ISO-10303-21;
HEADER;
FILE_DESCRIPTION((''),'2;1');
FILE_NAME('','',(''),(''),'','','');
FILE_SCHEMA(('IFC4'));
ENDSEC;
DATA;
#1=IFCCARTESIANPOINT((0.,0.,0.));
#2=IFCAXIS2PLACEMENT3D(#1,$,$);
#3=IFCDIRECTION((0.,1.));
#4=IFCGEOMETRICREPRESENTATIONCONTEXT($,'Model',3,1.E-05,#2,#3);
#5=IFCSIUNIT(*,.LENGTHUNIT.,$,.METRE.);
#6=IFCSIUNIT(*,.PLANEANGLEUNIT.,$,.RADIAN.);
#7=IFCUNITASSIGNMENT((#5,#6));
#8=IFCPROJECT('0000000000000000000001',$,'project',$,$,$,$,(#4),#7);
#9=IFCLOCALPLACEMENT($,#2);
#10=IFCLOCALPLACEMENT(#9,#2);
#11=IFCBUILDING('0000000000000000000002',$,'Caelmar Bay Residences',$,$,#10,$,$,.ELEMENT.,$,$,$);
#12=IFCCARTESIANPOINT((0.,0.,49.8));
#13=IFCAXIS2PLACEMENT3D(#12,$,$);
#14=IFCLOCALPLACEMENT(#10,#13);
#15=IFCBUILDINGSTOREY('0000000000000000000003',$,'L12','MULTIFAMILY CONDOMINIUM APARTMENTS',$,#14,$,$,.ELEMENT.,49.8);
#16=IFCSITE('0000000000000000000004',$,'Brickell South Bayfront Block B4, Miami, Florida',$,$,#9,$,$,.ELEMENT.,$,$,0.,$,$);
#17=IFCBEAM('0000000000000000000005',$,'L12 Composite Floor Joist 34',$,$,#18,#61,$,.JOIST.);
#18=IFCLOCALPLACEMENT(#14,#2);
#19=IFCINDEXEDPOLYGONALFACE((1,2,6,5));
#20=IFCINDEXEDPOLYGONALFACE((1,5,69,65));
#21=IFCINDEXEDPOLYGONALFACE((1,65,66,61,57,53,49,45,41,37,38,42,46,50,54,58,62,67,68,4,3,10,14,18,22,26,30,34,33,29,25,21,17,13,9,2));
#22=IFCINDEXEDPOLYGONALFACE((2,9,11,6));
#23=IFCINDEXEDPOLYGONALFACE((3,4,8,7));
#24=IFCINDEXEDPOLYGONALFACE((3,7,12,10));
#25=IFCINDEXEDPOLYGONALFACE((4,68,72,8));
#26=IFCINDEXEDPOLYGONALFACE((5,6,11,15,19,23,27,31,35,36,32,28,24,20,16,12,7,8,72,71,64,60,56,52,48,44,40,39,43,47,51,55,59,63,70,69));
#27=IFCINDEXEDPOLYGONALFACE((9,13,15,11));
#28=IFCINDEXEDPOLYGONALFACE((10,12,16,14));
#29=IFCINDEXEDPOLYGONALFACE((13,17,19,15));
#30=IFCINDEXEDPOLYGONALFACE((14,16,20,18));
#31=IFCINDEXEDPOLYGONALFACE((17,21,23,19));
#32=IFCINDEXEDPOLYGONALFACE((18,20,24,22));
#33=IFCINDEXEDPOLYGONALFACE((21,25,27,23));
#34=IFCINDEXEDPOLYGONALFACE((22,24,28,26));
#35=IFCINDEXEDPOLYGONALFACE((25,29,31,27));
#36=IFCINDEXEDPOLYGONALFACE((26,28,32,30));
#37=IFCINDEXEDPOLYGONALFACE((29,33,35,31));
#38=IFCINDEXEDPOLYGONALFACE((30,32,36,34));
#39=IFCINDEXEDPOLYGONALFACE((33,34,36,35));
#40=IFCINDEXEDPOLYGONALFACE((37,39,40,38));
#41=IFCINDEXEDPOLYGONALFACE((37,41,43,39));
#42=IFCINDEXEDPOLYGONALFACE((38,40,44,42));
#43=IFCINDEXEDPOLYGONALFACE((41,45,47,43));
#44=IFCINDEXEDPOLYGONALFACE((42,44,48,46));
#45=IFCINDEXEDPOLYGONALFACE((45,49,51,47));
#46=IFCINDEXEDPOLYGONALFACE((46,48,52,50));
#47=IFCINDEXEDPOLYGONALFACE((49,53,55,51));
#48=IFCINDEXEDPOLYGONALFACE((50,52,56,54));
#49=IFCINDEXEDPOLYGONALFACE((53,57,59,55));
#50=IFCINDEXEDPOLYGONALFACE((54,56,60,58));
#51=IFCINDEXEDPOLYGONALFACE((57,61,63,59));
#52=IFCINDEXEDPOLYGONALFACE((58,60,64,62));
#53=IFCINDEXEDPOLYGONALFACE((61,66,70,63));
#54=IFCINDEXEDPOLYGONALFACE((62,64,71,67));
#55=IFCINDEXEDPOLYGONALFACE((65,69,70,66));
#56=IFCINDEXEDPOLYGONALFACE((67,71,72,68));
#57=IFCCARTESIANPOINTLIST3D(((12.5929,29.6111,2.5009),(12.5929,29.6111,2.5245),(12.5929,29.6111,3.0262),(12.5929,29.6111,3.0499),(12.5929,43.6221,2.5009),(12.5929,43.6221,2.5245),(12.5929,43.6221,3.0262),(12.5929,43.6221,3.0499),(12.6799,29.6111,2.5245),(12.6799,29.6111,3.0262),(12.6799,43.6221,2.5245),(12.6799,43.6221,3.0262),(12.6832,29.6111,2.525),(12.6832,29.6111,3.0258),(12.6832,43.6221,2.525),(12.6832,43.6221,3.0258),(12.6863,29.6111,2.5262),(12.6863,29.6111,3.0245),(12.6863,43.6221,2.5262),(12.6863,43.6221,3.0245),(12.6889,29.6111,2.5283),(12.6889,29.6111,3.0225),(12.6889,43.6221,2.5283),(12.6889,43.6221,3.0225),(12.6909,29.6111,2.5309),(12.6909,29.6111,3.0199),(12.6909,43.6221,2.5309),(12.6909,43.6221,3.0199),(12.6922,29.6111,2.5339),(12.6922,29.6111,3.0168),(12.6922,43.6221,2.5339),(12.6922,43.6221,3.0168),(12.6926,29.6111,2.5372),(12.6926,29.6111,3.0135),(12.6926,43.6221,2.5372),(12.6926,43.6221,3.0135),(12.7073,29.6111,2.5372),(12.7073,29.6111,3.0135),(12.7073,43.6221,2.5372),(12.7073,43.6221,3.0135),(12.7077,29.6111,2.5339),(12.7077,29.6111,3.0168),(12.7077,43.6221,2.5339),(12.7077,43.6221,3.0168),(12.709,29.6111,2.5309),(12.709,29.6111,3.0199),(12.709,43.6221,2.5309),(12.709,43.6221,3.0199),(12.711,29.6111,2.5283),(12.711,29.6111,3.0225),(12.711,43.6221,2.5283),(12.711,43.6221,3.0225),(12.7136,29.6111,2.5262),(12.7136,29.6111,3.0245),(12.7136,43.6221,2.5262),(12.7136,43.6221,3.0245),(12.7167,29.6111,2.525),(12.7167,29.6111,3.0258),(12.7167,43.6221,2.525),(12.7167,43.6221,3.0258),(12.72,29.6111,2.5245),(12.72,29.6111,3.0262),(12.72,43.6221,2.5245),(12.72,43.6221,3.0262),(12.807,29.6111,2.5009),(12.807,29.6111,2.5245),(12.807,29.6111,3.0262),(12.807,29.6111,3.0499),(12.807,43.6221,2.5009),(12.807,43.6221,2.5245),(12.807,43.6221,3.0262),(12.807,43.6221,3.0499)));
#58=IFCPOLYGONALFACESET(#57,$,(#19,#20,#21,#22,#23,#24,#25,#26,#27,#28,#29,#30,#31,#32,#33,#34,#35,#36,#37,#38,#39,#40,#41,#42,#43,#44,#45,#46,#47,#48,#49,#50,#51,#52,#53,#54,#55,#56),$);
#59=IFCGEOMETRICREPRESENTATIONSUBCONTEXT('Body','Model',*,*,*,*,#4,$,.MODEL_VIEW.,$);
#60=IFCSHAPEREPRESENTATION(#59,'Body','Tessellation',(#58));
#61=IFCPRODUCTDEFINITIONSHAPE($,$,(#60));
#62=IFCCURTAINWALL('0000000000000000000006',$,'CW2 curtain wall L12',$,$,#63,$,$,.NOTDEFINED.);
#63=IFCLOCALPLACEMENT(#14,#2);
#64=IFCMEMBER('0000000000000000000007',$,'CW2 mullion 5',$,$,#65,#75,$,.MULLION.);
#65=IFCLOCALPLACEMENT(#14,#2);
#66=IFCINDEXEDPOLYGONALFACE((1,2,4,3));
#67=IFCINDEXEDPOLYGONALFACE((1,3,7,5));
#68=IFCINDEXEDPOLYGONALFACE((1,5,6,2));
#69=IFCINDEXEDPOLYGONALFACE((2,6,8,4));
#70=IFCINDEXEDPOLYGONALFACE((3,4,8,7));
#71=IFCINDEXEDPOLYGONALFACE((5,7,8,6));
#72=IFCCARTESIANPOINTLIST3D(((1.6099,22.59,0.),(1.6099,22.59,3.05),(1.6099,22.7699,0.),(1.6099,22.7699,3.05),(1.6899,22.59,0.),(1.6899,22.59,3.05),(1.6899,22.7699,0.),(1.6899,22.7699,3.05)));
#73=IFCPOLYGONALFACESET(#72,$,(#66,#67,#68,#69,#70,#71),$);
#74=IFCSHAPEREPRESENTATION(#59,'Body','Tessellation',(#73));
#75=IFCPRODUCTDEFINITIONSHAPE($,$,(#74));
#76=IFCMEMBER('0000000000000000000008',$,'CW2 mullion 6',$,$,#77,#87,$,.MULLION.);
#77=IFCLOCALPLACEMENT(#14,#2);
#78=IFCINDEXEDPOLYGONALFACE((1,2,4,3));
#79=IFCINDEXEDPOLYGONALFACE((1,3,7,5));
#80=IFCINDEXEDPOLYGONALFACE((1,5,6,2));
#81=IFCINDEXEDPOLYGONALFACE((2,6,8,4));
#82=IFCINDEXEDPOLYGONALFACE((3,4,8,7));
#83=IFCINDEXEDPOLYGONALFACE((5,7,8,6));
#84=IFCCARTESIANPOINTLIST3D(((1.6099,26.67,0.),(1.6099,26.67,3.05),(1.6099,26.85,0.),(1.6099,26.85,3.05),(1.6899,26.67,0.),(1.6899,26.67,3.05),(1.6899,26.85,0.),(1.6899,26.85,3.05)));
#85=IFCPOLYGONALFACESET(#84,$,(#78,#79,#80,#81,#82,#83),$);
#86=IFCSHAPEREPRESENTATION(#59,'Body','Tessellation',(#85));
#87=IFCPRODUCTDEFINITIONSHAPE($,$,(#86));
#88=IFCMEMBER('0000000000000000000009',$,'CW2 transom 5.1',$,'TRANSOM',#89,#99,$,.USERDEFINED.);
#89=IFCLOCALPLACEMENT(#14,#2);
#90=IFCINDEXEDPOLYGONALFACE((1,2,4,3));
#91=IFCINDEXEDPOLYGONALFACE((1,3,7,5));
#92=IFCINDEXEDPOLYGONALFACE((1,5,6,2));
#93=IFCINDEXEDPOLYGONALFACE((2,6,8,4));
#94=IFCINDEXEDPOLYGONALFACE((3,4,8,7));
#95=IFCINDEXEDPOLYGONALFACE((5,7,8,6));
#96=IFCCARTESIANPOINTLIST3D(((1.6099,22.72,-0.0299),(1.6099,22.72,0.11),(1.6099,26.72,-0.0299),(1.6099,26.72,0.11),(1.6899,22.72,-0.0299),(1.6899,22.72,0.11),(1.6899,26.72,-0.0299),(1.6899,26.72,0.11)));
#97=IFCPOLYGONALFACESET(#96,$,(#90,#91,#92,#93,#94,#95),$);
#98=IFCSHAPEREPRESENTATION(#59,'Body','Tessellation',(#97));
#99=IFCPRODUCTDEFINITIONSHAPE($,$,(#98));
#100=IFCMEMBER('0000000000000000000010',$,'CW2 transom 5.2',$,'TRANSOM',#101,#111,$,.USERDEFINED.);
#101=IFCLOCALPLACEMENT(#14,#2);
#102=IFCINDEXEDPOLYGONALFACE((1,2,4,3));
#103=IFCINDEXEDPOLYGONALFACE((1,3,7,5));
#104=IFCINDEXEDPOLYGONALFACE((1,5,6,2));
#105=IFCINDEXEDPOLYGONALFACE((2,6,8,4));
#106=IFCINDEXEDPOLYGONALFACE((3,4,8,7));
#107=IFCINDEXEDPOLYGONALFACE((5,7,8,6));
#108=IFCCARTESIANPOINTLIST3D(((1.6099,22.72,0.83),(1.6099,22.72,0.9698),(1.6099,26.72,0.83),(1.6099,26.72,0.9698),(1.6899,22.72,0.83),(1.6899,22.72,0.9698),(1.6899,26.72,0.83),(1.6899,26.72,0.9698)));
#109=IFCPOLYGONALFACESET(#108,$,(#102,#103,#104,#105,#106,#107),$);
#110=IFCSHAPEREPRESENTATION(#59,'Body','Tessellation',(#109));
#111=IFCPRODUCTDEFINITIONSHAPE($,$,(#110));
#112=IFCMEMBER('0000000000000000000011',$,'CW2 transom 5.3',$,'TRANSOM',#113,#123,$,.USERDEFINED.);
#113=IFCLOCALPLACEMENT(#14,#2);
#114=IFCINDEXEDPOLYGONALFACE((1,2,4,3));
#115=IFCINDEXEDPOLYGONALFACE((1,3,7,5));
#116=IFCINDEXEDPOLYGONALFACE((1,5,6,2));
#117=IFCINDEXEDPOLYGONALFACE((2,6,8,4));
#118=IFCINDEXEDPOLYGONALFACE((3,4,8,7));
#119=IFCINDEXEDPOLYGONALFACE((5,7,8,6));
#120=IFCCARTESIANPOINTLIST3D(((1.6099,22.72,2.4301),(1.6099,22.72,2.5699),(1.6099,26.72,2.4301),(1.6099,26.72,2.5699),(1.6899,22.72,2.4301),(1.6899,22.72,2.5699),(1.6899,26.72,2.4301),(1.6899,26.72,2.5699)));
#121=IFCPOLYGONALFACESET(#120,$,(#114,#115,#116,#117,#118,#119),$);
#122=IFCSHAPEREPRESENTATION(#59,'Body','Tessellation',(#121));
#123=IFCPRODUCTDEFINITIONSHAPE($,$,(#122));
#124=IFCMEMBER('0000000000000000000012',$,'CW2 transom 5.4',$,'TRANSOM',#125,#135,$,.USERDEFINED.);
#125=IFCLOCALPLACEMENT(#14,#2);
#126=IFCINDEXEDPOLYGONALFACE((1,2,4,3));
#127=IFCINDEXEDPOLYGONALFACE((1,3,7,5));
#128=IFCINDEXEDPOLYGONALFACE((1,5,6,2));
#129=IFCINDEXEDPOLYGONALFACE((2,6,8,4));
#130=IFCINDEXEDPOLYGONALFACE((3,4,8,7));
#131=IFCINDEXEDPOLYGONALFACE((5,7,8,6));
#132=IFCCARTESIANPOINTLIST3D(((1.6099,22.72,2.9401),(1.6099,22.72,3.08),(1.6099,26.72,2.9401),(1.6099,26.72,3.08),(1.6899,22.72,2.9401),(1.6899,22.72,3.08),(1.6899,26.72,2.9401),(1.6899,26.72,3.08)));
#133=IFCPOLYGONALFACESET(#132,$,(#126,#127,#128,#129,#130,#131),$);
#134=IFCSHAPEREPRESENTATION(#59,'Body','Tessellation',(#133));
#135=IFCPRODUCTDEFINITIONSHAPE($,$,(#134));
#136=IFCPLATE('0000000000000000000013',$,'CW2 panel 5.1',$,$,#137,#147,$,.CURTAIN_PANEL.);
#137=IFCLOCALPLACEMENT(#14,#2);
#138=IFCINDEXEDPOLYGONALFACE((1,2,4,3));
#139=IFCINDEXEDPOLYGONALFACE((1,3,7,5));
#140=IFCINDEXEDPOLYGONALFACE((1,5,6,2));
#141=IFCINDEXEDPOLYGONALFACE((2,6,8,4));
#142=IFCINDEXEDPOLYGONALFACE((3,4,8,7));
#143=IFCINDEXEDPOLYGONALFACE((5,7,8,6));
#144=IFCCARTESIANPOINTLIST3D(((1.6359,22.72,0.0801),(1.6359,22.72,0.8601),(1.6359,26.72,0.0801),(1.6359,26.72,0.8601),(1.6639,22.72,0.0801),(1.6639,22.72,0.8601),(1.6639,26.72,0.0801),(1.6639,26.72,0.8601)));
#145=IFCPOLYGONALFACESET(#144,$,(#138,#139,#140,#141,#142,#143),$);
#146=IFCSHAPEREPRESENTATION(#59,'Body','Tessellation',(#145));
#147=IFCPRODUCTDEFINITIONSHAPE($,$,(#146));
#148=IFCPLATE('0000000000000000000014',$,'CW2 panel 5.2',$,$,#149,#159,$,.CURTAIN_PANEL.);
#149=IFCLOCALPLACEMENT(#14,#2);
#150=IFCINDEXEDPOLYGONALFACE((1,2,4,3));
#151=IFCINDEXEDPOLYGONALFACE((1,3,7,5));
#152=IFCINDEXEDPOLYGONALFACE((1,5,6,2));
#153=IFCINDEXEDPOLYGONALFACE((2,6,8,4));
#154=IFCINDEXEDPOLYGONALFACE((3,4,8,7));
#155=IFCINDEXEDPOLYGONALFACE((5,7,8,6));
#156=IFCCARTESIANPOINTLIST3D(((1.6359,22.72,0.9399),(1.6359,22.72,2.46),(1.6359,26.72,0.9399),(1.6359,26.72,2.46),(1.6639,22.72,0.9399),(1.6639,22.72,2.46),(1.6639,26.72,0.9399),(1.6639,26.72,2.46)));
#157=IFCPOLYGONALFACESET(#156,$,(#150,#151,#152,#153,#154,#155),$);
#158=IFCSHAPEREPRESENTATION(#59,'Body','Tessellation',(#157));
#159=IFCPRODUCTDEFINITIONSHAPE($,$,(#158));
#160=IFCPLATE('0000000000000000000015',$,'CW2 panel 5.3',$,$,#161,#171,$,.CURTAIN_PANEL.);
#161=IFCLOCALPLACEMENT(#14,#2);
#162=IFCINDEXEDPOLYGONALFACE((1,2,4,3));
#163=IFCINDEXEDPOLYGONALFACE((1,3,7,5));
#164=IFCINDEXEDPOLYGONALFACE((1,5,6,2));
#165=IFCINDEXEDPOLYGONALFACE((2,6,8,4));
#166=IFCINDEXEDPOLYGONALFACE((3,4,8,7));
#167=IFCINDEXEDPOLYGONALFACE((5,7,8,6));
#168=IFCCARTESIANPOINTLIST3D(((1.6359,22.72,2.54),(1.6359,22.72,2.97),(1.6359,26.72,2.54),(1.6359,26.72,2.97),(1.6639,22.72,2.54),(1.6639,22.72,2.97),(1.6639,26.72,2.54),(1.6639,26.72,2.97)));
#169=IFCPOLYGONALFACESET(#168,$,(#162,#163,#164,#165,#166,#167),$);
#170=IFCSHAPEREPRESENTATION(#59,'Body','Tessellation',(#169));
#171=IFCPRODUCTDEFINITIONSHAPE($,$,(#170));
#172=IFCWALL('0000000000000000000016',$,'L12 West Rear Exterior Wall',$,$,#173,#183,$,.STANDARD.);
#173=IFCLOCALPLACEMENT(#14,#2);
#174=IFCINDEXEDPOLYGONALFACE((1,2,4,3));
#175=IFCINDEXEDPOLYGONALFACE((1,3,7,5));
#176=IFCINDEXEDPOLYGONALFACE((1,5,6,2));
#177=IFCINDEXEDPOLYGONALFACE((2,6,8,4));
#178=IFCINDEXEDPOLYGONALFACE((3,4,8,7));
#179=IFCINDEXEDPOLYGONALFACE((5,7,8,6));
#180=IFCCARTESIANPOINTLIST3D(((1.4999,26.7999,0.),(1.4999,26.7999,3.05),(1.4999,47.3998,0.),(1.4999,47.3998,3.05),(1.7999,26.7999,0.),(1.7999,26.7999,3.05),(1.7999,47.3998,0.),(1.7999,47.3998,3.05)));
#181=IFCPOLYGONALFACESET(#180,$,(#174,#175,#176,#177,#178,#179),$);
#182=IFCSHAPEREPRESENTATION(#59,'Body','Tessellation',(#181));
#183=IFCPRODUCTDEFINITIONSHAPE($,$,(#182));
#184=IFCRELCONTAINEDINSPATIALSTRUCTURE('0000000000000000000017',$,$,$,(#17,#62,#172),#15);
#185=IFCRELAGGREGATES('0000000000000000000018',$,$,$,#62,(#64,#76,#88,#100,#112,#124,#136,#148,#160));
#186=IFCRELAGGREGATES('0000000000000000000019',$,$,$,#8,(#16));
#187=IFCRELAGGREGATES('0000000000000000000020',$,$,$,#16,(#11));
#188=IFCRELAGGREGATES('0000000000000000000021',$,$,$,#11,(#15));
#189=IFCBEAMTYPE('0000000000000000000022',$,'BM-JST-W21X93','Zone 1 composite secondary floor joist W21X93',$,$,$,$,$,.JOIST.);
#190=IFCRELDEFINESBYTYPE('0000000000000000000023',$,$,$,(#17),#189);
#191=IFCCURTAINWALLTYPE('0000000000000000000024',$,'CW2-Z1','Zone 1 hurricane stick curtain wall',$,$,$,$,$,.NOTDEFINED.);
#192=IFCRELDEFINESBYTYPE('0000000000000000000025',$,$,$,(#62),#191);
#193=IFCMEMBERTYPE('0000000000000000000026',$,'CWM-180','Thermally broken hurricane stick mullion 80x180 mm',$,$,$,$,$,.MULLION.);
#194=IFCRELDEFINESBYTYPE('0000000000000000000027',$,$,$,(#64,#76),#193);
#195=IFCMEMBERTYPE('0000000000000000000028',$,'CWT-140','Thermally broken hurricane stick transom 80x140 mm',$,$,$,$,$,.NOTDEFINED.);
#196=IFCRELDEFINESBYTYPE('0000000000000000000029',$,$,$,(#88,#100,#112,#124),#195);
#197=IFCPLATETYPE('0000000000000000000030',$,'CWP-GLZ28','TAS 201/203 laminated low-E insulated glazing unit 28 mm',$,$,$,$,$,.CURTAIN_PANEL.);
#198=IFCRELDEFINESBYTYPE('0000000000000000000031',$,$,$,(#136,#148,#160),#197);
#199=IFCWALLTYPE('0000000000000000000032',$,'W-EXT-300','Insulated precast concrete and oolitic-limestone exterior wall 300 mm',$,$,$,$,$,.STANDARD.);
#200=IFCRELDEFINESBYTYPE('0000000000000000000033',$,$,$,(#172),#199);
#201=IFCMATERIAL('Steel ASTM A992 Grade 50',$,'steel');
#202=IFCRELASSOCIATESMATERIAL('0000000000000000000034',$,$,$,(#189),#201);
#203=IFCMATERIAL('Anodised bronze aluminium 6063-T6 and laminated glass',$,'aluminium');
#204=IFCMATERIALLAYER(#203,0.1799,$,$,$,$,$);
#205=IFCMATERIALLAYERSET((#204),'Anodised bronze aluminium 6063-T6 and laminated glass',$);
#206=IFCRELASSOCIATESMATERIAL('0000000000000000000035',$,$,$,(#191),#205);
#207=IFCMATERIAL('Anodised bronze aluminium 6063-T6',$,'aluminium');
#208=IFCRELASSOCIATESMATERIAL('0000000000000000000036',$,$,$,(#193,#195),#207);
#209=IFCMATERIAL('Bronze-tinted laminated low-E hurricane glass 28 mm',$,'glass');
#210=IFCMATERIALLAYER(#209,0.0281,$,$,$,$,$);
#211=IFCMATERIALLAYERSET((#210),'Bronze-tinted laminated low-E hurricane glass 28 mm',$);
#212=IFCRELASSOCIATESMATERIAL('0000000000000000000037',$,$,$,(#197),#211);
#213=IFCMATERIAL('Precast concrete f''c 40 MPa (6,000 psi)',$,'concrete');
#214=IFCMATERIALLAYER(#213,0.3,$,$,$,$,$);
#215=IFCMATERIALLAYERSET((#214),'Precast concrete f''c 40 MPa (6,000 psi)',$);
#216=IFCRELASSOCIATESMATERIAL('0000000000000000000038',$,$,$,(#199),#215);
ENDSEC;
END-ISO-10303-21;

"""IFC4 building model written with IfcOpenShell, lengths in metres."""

from ifc_helpers import new_model, si_unit, direction, frame, frame_2d, origin, origin_2d, place, context, subcontext, project, spatial, rectangle, i_section, extrude, material, layer, layer_set, material_profile, profile_set, type_object, element, aggregate, save


model = new_model("IFC4")

# Units and contexts
model_context = context("Model", 3, precision=1e-05, world=origin(), true_north=direction((0.0, 1.0)))
body_context = subcontext(model_context, "Body", "Model", "MODEL_VIEW")
ifc_project = project(units=[si_unit("LENGTHUNIT", "METRE"), si_unit("PLANEANGLEUNIT", "RADIAN")], contexts=[model_context])

# Site, building, storey
site_placement = place(None, origin())
site = spatial("IfcSite", under=ifc_project, at=site_placement, Name="Brickell South Bayfront Block B4, Miami, Florida", CompositionType="ELEMENT", RefElevation=0.0)
building_placement = place(site_placement, origin())
building = spatial("IfcBuilding", under=site, at=building_placement, Name="Caelmar Bay Residences", CompositionType="ELEMENT")
storey_placement = place(building_placement, frame((0.0, 0.0, 49.8)))
storey = spatial("IfcBuildingStorey", under=building, at=storey_placement, Name="L12", Description="MULTIFAMILY CONDOMINIUM APARTMENTS", CompositionType="ELEMENT", Elevation=49.8)

# Beam
ifc_material_1 = material(Name="Steel ASTM A992 Grade 50", Category="steel")
ifc_material_profile_1 = material_profile(ifc_material_1, i_section(OverallWidth=0.2141, OverallDepth=0.5491, WebThickness=0.0146, FlangeThickness=0.0237, FilletRadius=0.0127, at=origin_2d()), Name="W21X93")
ifc_profile_set_1 = profile_set([ifc_material_profile_1], Name="Steel ASTM A992 Grade 50")
beam_type_1 = type_object("IfcBeamType", Name="BM-JST-W21X93", Description="Zone 1 composite secondary floor joist W21X93", PredefinedType="JOIST", material=ifc_profile_set_1)
beam_1_placement = place(storey_placement, frame((12.7, 29.6111, 2.7754), z_axis=(0.0, 1.0, 0.0), x_axis=(-1.0, 0.0, 0.0)))
element("IfcBeam", 1, at=beam_1_placement, inside=storey, type_object=beam_type_1, Name="L12 Composite Floor Joist 34", PredefinedType="JOIST", context=body_context, shape_type="SweptSolid", body=[
    extrude(i_section(OverallWidth=0.2141, OverallDepth=0.5491, WebThickness=0.0146, FlangeThickness=0.0237, FilletRadius=0.0127, at=origin_2d()), origin(), (0.0, 0.0, 1.0), 14.011),
])

# Curtain wall, members, plates
ifc_material_2 = material(Name="Anodised bronze aluminium 6063-T6 and laminated glass", Category="aluminium")
ifc_layer_1 = layer(ifc_material_2, 0.1799)
ifc_layer_set_1 = layer_set([ifc_layer_1], Name="Anodised bronze aluminium 6063-T6 and laminated glass")
curtain_wall_type = type_object("IfcCurtainWallType", Name="CW2-Z1", Description="Zone 1 hurricane stick curtain wall", PredefinedType="NOTDEFINED", material=ifc_layer_set_1)
curtain_wall_placement = place(storey_placement, origin())
curtain_wall = element("IfcCurtainWall", 2, at=curtain_wall_placement, inside=storey, type_object=curtain_wall_type, Name="CW2 curtain wall L12", PredefinedType="NOTDEFINED")
ifc_material_3 = material(Name="Anodised bronze aluminium 6063-T6", Category="aluminium")
ifc_material_profile_2 = material_profile(ifc_material_3, rectangle(XDim=0.0801, YDim=0.1799, at=origin_2d()), Name="CWM-80X180")
ifc_profile_set_2 = profile_set([ifc_material_profile_2], Name="Anodised bronze aluminium 6063-T6")
member_type_1 = type_object("IfcMemberType", Name="CWM-180", Description="Thermally broken hurricane stick mullion 80x180 mm", PredefinedType="MULLION", material=ifc_profile_set_2)
member_1_placement = place(storey_placement, frame((1.6499, 22.6799, 0.0), z_axis=(0.0, 0.0, 1.0), x_axis=(-1.0, 0.0, 0.0)))
member_1 = element("IfcMember", 3, at=member_1_placement, type_object=member_type_1, Name="CW2 mullion 5", PredefinedType="MULLION", context=body_context, shape_type="SweptSolid", body=[
    extrude(rectangle(XDim=0.0801, YDim=0.1799, at=origin_2d()), origin(), (0.0, 0.0, 1.0), 3.05),
])
member_2_placement = place(storey_placement, frame((1.6499, 26.76, 0.0), z_axis=(0.0, 0.0, 1.0), x_axis=(-1.0, 0.0, 0.0)))
member_2 = element("IfcMember", 4, at=member_2_placement, type_object=member_type_1, Name="CW2 mullion 6", PredefinedType="MULLION", context=body_context, shape_type="SweptSolid", body=[
    extrude(rectangle(XDim=0.0801, YDim=0.1799, at=origin_2d()), origin(), (0.0, 0.0, 1.0), 3.05),
])
ifc_material_profile_3 = material_profile(ifc_material_3, rectangle(XDim=0.0801, YDim=0.1399, at=origin_2d()), Name="CWT-80X140")
ifc_profile_set_3 = profile_set([ifc_material_profile_3], Name="Anodised bronze aluminium 6063-T6")
member_type_2 = type_object("IfcMemberType", Name="CWT-140", Description="Thermally broken hurricane stick transom 80x140 mm", PredefinedType="NOTDEFINED", material=ifc_profile_set_3)
member_3_placement = place(storey_placement, frame((1.6499, 22.72, 0.04), z_axis=(0.0, 1.0, 0.0), x_axis=(-1.0, 0.0, 0.0)))
member_3 = element("IfcMember", 5, at=member_3_placement, type_object=member_type_2, Name="CW2 transom 5.1", ObjectType="TRANSOM", PredefinedType="USERDEFINED", context=body_context, shape_type="SweptSolid", body=[
    extrude(rectangle(XDim=0.0801, YDim=0.1399, at=origin_2d()), origin(), (0.0, 0.0, 1.0), 4.0),
])
member_4_placement = place(storey_placement, frame((1.6499, 22.72, 0.8999), z_axis=(0.0, 1.0, 0.0), x_axis=(-1.0, 0.0, 0.0)))
member_4 = element("IfcMember", 6, at=member_4_placement, type_object=member_type_2, Name="CW2 transom 5.2", ObjectType="TRANSOM", PredefinedType="USERDEFINED", context=body_context, shape_type="SweptSolid", body=[
    extrude(rectangle(XDim=0.0801, YDim=0.1399, at=origin_2d()), origin(), (0.0, 0.0, 1.0), 4.0),
])
member_5_placement = place(storey_placement, frame((1.6499, 22.72, 2.5), z_axis=(0.0, 1.0, 0.0), x_axis=(-1.0, 0.0, 0.0)))
member_5 = element("IfcMember", 7, at=member_5_placement, type_object=member_type_2, Name="CW2 transom 5.3", ObjectType="TRANSOM", PredefinedType="USERDEFINED", context=body_context, shape_type="SweptSolid", body=[
    extrude(rectangle(XDim=0.0801, YDim=0.1399, at=origin_2d()), origin(), (0.0, 0.0, 1.0), 4.0),
])
member_6_placement = place(storey_placement, frame((1.6499, 22.72, 3.01), z_axis=(0.0, 1.0, 0.0), x_axis=(-1.0, 0.0, 0.0)))
member_6 = element("IfcMember", 8, at=member_6_placement, type_object=member_type_2, Name="CW2 transom 5.4", ObjectType="TRANSOM", PredefinedType="USERDEFINED", context=body_context, shape_type="SweptSolid", body=[
    extrude(rectangle(XDim=0.0801, YDim=0.1399, at=origin_2d()), origin(), (0.0, 0.0, 1.0), 4.0),
])
ifc_material_4 = material(Name="Bronze-tinted laminated low-E hurricane glass 28 mm", Category="glass")
ifc_layer_2 = layer(ifc_material_4, 0.0281)
ifc_layer_set_2 = layer_set([ifc_layer_2], Name="Bronze-tinted laminated low-E hurricane glass 28 mm")
plate_type = type_object("IfcPlateType", Name="CWP-GLZ28", Description="TAS 201/203 laminated low-E insulated glazing unit 28 mm", PredefinedType="CURTAIN_PANEL", material=ifc_layer_set_2)
plate_1_placement = place(storey_placement, frame((1.6499, 24.72, 0.0801), z_axis=(0.0, 0.0, 1.0), x_axis=(0.0, 1.0, 0.0)))
plate_1 = element("IfcPlate", 9, at=plate_1_placement, type_object=plate_type, Name="CW2 panel 5.1", PredefinedType="CURTAIN_PANEL", context=body_context, shape_type="SweptSolid", body=[
    extrude(rectangle(XDim=4.0, YDim=0.0281, at=origin_2d()), origin(), (0.0, 0.0, 1.0), 0.78),
])
plate_2_placement = place(storey_placement, frame((1.6499, 24.72, 0.9399), z_axis=(0.0, 0.0, 1.0), x_axis=(0.0, 1.0, 0.0)))
plate_2 = element("IfcPlate", 10, at=plate_2_placement, type_object=plate_type, Name="CW2 panel 5.2", PredefinedType="CURTAIN_PANEL", context=body_context, shape_type="SweptSolid", body=[
    extrude(rectangle(XDim=4.0, YDim=0.0281, at=origin_2d()), origin(), (0.0, 0.0, 1.0), 1.52),
])
plate_3_placement = place(storey_placement, frame((1.6499, 24.72, 2.54), z_axis=(0.0, 0.0, 1.0), x_axis=(0.0, 1.0, 0.0)))
plate_3 = element("IfcPlate", 11, at=plate_3_placement, type_object=plate_type, Name="CW2 panel 5.3", PredefinedType="CURTAIN_PANEL", context=body_context, shape_type="SweptSolid", body=[
    extrude(rectangle(XDim=4.0, YDim=0.0281, at=origin_2d()), origin(), (0.0, 0.0, 1.0), 0.4299),
])
aggregate(curtain_wall, [member_1, member_2, member_3, member_4, member_5, member_6, plate_1, plate_2, plate_3])

# Wall
ifc_material_5 = material(Name="Precast concrete f'c 40 MPa (6,000 psi)", Category="concrete")
ifc_layer_3 = layer(ifc_material_5, 0.3)
ifc_layer_set_3 = layer_set([ifc_layer_3], Name="Precast concrete f'c 40 MPa (6,000 psi)")
wall_type_1 = type_object("IfcWallType", Name="W-EXT-300", Description="Insulated precast concrete and oolitic-limestone exterior wall 300 mm", PredefinedType="STANDARD", material=ifc_layer_set_3)
wall_1_placement = place(storey_placement, frame((1.6499, 26.8, 0.0), z_axis=(0.0, 0.0, 1.0), x_axis=(0.0, 1.0, 0.0)))
element("IfcWall", 12, at=wall_1_placement, inside=storey, type_object=wall_type_1, Name="L12 West Rear Exterior Wall", PredefinedType="STANDARD", context=body_context, shape_type="SweptSolid", body=[
    extrude(rectangle(XDim=20.5999, YDim=0.3, at=frame_2d((10.2998, 0.0))), origin(), (0.0, 0.0, 1.0), 3.05),
])

save(model, "model.ifc")
